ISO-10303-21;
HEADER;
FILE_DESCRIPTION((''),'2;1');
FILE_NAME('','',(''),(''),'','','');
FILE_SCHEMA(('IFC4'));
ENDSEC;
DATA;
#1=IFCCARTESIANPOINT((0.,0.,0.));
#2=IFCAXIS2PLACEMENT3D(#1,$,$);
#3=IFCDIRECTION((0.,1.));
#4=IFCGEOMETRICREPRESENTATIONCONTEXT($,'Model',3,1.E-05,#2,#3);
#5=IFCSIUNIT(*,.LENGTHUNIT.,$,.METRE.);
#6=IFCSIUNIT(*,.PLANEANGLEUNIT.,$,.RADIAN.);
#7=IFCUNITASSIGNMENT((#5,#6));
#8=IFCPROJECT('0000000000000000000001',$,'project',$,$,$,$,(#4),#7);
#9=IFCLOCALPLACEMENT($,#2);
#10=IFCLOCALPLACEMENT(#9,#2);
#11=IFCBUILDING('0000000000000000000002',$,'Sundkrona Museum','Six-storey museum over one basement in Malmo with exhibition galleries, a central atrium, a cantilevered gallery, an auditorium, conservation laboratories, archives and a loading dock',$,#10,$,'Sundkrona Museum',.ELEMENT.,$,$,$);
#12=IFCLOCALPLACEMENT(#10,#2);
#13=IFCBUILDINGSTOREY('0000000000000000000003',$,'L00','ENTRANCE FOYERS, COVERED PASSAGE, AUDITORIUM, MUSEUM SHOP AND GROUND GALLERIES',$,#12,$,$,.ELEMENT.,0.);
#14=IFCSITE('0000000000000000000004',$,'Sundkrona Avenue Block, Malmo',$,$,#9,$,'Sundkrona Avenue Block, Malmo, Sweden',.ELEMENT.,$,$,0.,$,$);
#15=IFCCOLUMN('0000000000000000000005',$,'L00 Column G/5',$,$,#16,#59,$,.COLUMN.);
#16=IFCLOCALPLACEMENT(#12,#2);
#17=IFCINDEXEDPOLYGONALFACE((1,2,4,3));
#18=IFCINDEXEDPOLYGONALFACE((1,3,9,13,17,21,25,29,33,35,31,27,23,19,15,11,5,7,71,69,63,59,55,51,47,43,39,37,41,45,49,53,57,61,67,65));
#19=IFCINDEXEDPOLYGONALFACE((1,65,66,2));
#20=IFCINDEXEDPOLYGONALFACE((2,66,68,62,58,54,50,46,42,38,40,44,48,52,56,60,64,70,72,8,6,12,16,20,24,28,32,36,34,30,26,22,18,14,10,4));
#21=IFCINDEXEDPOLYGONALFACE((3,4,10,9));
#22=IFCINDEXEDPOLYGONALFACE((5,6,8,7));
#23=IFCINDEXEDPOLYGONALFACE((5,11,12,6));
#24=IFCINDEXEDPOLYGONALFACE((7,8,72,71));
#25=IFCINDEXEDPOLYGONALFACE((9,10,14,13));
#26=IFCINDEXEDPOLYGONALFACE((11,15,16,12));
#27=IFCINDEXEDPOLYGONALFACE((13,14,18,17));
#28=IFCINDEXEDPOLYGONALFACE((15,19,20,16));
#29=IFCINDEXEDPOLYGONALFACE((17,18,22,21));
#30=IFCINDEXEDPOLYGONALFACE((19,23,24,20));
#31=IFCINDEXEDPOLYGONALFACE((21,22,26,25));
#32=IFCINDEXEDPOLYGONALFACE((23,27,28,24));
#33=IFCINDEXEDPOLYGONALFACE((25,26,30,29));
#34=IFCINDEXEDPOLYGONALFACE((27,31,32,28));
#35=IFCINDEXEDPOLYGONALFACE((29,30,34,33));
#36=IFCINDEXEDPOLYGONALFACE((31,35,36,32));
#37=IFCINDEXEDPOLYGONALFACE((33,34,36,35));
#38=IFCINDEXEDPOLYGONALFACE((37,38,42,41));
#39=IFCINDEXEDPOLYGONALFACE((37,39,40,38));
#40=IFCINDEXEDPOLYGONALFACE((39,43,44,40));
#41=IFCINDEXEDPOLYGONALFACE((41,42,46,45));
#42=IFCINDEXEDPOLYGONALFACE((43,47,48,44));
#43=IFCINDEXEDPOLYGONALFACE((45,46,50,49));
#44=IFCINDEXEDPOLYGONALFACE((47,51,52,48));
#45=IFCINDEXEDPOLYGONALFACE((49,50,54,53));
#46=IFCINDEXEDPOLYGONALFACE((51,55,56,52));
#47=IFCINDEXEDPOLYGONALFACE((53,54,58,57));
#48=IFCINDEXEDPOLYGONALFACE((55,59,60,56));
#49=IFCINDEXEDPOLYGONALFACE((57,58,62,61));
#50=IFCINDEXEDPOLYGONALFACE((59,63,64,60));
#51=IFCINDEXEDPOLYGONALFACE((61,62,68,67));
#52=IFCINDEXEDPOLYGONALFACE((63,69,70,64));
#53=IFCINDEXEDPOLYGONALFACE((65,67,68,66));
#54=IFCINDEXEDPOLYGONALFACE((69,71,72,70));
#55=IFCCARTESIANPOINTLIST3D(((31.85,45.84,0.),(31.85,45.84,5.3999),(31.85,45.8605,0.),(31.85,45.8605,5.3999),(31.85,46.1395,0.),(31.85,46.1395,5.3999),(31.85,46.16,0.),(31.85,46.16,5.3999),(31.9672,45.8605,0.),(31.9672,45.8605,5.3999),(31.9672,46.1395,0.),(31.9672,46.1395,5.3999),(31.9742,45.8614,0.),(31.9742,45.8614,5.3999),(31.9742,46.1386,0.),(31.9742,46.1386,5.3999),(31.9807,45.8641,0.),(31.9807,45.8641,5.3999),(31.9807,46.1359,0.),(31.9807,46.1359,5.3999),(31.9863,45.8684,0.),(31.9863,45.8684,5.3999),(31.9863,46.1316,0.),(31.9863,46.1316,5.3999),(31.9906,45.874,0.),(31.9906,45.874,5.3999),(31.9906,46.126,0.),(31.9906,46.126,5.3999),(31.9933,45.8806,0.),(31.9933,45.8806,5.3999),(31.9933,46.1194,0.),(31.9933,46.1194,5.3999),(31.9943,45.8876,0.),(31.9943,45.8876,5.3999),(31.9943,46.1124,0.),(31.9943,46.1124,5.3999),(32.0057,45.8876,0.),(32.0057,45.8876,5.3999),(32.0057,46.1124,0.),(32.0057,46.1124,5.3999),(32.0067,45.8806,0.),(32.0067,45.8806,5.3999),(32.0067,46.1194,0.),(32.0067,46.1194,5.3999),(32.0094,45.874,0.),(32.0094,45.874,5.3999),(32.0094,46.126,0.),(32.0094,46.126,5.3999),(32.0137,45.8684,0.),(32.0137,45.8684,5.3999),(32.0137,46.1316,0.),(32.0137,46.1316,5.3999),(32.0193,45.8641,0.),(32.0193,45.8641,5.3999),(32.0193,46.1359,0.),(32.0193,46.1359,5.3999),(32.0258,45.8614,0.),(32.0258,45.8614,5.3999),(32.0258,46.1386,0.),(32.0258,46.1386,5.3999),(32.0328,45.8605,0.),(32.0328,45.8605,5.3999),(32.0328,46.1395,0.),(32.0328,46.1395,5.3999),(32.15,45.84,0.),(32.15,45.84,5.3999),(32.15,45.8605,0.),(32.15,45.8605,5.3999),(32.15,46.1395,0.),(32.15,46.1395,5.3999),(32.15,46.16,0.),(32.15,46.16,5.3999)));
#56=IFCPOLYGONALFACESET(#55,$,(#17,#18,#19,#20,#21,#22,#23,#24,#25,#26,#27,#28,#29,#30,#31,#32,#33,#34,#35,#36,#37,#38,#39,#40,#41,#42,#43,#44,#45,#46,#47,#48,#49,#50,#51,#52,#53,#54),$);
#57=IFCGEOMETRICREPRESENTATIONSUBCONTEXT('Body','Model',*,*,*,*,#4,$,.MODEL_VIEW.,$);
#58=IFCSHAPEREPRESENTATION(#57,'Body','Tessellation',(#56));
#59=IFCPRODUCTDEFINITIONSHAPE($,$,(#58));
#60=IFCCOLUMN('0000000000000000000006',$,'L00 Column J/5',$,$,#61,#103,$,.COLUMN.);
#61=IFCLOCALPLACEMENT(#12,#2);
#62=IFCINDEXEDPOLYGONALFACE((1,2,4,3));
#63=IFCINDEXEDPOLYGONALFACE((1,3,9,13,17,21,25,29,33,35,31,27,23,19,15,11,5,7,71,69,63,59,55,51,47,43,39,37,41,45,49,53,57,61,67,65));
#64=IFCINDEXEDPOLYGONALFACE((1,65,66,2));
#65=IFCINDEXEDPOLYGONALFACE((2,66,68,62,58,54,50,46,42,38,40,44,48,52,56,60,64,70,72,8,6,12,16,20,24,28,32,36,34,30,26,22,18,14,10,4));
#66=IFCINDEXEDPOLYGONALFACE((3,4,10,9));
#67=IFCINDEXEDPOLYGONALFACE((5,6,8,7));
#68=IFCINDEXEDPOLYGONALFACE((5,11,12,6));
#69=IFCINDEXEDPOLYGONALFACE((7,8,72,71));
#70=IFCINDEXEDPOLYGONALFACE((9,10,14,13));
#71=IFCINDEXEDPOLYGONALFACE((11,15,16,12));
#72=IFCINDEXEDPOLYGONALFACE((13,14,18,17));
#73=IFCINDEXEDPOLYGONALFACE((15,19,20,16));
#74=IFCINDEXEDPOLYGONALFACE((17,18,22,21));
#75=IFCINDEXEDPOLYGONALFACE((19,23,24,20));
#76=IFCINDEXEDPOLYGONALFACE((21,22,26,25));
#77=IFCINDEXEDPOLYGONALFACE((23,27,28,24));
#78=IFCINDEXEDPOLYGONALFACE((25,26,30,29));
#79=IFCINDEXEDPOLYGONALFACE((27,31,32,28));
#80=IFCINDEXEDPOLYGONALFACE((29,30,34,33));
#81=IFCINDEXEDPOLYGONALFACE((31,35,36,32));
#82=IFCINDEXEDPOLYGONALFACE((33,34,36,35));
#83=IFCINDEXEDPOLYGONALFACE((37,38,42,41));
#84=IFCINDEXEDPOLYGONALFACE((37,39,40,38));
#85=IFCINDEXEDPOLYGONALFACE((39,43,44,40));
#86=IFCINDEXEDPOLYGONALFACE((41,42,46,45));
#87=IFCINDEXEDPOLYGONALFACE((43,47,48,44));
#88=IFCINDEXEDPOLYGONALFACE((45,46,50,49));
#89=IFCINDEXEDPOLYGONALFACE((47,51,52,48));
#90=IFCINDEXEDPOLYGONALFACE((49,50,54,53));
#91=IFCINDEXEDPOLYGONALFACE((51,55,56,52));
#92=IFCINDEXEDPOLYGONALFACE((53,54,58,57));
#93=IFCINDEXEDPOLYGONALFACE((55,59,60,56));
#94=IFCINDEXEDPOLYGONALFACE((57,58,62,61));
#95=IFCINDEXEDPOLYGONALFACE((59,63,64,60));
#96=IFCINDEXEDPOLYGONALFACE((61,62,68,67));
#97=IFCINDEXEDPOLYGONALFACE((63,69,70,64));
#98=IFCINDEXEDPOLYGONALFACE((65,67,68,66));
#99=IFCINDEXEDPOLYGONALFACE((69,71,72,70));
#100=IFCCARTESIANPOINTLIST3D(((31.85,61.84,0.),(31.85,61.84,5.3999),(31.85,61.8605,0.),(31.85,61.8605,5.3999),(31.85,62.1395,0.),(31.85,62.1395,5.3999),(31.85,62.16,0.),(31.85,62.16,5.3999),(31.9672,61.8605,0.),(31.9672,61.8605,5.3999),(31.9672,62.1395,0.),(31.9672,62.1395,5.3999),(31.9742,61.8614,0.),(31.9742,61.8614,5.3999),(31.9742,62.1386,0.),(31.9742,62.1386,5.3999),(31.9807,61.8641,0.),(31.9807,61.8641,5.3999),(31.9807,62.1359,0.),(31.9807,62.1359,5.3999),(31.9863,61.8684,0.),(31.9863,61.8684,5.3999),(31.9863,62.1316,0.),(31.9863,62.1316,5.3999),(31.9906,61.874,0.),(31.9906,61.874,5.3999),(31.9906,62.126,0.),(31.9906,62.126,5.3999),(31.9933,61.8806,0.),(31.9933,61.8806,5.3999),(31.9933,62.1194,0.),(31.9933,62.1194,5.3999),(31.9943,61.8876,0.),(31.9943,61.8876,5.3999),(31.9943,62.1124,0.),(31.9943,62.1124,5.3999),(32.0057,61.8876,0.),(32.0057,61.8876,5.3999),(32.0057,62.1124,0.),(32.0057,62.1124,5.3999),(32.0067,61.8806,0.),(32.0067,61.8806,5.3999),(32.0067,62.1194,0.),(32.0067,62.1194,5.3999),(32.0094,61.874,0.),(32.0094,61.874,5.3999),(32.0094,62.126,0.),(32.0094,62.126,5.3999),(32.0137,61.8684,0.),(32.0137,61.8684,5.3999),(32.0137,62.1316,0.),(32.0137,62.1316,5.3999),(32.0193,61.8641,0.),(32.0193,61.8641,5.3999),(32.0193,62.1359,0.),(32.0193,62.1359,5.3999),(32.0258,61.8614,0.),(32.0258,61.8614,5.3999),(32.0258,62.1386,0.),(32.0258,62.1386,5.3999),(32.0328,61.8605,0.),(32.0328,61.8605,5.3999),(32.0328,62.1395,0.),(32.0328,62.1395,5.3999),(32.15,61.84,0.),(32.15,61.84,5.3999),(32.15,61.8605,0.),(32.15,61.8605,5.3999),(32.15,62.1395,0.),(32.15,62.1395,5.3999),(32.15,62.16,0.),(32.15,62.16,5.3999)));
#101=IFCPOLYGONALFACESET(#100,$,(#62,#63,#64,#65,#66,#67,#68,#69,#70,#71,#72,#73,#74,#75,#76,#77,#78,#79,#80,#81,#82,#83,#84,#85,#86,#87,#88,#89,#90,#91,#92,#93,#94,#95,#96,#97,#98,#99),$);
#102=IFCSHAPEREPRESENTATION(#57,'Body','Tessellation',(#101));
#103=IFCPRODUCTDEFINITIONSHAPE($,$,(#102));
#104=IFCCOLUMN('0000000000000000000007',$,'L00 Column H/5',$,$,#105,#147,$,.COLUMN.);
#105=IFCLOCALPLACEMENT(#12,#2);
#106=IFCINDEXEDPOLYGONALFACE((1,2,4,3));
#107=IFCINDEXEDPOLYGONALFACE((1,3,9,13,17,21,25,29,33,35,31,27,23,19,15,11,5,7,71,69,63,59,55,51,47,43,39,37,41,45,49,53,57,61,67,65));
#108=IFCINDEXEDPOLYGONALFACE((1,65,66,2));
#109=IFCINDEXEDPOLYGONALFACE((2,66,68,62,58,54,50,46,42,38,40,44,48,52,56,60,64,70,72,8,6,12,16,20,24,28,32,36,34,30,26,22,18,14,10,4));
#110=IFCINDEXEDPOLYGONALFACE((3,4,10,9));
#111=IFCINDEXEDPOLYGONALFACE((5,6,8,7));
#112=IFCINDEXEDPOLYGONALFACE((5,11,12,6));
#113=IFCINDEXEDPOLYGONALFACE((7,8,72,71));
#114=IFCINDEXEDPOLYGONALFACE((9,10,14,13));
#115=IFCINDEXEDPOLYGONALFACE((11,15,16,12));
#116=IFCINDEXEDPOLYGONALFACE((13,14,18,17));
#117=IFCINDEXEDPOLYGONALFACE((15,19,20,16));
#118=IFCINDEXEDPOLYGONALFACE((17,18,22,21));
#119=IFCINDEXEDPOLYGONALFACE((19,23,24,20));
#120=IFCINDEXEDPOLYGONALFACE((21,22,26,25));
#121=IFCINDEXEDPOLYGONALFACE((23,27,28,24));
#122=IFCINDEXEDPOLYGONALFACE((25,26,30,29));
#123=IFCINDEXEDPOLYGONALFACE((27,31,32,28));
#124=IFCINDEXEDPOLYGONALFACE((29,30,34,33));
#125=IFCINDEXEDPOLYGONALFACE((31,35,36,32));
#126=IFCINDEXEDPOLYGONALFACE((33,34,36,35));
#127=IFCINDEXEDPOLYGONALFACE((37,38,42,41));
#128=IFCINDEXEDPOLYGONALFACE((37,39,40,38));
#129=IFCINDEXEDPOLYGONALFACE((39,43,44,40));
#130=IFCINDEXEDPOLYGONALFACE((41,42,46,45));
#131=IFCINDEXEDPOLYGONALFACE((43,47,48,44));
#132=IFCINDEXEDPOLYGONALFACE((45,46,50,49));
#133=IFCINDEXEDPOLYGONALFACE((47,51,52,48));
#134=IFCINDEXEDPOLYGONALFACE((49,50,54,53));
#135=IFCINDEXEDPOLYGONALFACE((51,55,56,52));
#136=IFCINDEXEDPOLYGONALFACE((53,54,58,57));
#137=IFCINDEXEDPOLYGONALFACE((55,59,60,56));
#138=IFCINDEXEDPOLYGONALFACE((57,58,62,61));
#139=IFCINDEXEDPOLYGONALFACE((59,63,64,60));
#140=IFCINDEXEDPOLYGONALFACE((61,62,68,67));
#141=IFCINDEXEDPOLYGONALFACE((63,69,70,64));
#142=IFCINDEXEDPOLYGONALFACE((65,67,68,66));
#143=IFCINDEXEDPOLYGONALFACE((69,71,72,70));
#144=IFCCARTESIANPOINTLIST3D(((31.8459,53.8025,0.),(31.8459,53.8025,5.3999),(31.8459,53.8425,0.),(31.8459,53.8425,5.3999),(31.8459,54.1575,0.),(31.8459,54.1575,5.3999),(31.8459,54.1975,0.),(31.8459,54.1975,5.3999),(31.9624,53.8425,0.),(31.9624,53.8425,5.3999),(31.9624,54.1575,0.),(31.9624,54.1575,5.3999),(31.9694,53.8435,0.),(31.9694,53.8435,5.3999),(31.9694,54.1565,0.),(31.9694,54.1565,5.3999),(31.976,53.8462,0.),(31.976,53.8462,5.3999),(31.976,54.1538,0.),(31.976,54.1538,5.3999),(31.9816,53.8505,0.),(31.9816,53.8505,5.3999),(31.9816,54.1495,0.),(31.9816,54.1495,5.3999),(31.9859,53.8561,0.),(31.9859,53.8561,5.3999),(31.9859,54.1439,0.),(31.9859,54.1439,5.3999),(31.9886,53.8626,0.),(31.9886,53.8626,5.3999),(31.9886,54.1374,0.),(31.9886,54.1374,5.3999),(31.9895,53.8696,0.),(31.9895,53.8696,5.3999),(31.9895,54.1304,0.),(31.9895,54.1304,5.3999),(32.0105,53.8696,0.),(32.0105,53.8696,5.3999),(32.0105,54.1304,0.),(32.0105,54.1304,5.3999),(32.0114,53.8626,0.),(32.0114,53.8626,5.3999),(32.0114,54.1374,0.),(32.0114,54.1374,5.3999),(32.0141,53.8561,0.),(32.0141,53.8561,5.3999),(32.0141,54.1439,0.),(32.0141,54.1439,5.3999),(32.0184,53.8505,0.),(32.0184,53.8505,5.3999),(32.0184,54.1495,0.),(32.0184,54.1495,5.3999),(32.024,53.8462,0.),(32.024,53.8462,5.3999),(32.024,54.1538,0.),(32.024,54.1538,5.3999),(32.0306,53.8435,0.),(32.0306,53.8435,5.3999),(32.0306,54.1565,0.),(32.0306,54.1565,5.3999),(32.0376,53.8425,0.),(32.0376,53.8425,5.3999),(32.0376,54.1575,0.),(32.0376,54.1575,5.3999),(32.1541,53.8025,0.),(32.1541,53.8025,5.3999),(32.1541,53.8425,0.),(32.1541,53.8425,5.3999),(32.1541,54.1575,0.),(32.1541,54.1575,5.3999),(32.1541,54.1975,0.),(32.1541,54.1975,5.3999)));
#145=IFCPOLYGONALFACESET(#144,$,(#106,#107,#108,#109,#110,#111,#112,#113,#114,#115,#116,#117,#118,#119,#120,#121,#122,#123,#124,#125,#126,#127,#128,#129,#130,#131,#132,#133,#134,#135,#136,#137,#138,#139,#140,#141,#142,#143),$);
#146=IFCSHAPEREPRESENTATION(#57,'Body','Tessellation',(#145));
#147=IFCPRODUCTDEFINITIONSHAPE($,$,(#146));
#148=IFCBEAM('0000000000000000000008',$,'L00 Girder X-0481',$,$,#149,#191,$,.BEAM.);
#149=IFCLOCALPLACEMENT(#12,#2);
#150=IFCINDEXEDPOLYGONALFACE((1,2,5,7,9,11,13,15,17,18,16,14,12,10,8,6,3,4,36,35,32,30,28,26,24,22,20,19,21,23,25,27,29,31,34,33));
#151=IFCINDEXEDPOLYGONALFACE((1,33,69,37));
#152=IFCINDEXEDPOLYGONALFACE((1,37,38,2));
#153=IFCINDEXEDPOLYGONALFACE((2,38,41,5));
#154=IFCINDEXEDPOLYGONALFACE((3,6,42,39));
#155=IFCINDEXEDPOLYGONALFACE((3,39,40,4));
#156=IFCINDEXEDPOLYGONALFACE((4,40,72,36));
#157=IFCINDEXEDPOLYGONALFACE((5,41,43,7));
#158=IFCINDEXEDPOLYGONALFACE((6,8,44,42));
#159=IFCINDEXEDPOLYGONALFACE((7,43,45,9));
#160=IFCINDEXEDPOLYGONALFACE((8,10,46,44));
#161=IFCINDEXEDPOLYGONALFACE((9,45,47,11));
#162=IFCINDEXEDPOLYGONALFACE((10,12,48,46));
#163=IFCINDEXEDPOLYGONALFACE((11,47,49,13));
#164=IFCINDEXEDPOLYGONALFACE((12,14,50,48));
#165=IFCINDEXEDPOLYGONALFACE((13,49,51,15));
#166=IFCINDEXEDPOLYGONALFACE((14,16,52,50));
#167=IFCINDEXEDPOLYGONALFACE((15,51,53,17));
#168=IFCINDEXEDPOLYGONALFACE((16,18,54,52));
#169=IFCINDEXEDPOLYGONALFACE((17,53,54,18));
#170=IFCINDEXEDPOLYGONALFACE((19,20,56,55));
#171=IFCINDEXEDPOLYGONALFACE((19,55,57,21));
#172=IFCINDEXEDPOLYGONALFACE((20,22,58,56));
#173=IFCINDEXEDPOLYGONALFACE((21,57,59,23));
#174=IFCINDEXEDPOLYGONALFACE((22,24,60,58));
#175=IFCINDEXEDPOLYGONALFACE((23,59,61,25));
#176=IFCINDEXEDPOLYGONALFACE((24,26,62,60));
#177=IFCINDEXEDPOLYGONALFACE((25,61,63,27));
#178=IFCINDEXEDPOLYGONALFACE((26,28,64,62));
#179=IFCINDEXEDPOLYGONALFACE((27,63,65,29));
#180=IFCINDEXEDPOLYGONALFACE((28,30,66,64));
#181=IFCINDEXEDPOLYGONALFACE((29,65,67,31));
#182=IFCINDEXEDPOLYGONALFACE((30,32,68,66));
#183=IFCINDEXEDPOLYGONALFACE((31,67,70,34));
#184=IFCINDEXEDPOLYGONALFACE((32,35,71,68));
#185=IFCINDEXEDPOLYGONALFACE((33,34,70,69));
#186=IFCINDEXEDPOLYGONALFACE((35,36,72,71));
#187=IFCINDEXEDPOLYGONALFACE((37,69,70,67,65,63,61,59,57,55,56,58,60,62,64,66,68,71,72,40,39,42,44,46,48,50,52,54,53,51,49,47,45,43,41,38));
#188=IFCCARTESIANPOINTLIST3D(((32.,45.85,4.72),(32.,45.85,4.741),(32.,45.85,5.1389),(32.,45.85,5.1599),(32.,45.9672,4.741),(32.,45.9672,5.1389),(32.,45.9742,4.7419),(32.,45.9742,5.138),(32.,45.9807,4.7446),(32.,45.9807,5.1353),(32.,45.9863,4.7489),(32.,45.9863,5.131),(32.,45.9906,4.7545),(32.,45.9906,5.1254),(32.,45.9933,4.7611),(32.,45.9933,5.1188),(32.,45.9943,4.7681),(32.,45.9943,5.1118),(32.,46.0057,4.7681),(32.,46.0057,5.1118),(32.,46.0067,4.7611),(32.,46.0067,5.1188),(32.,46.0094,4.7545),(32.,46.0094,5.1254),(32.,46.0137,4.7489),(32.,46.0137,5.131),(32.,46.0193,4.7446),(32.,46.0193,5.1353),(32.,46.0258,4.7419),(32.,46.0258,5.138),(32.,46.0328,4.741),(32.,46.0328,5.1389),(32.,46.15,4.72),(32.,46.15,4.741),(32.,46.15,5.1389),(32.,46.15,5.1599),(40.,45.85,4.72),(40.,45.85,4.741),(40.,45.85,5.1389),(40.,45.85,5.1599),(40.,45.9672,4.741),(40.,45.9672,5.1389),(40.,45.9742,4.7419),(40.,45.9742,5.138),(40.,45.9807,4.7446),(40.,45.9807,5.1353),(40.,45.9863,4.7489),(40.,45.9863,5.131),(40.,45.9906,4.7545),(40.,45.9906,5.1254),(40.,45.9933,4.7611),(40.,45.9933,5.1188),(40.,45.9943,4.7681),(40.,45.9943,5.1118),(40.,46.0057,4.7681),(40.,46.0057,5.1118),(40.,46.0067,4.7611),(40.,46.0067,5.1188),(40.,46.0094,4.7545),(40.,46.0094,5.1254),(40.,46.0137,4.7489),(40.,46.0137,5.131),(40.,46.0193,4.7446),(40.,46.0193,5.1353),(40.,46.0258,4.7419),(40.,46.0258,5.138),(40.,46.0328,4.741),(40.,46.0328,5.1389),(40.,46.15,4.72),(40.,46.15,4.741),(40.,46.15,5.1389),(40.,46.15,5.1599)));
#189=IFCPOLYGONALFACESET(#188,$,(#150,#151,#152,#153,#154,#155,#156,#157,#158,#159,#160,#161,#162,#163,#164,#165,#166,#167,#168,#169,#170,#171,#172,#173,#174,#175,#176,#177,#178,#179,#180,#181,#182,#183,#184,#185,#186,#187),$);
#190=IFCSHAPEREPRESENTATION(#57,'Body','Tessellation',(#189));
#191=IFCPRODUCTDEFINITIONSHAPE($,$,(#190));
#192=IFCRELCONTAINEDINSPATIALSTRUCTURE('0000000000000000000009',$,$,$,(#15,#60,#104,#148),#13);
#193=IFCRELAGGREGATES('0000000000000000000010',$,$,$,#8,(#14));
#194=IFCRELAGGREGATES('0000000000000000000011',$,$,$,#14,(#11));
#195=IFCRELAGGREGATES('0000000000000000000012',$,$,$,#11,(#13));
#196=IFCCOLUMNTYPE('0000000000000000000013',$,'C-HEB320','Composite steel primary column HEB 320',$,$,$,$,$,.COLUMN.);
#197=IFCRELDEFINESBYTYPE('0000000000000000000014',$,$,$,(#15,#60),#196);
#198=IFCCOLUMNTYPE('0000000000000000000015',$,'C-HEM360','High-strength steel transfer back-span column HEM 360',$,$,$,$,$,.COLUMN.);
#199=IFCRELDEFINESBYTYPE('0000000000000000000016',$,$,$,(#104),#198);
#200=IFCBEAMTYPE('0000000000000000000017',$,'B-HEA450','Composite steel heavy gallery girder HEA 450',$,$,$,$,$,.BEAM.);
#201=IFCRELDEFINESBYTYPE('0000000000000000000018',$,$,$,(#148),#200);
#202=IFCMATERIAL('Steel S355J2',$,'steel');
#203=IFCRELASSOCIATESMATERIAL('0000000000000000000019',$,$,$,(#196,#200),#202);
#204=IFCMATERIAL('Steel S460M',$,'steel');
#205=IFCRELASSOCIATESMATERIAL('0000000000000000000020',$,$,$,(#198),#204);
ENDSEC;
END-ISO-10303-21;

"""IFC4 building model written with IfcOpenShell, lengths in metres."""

from ifc_helpers import new_model, si_unit, direction, frame, origin, origin_2d, place, context, subcontext, project, spatial, i_section, extrude, material, material_profile, profile_set, type_object, element, save


model = new_model("IFC4")

# Units and contexts
model_context = context("Model", 3, precision=1e-05, world=origin(), true_north=direction((0.0, 1.0)))
body_context = subcontext(model_context, "Body", "Model", "MODEL_VIEW")
ifc_project = project(units=[si_unit("LENGTHUNIT", "METRE"), si_unit("PLANEANGLEUNIT", "RADIAN")], contexts=[model_context])

# Site, building, storey
site_placement = place(None, origin())
site = spatial("IfcSite", under=ifc_project, at=site_placement, Name="Sundkrona Avenue Block, Malmo", LongName="Sundkrona Avenue Block, Malmo, Sweden", CompositionType="ELEMENT", RefElevation=0.0)
building_placement = place(site_placement, origin())
building = spatial("IfcBuilding", under=site, at=building_placement, Name="Sundkrona Museum", Description="Six-storey museum over one basement in Malmo with exhibition galleries, a central atrium, a cantilevered gallery, an auditorium, conservation laboratories, archives and a loading dock", LongName="Sundkrona Museum", CompositionType="ELEMENT")
storey_placement = place(building_placement, origin())
storey = spatial("IfcBuildingStorey", under=building, at=storey_placement, Name="L00", Description="ENTRANCE FOYERS, COVERED PASSAGE, AUDITORIUM, MUSEUM SHOP AND GROUND GALLERIES", CompositionType="ELEMENT", Elevation=0.0)

# Columns
ifc_material_1 = material(Name="Steel S355J2", Category="steel")
ifc_material_profile_1 = material_profile(ifc_material_1, i_section(OverallWidth=0.3, OverallDepth=0.3201, WebThickness=0.0115, FlangeThickness=0.0205, FilletRadius=0.0271, at=origin_2d()), Name="HEB 320")
ifc_profile_set_1 = profile_set([ifc_material_profile_1], Name="Steel S355J2")
column_type_1 = type_object("IfcColumnType", Name="C-HEB320", Description="Composite steel primary column HEB 320", PredefinedType="COLUMN", material=ifc_profile_set_1)
for number, where, z_axis, x_axis, name in (
    (1, (32.0, 46.0, 0.0), (0.0, 0.0, 1.0), (1.0, 0.0, 0.0), "L00 Column G/5"),
    (2, (32.0, 62.0, 0.0), (0.0, 0.0, 1.0), (1.0, 0.0, 0.0), "L00 Column J/5"),
):
    element("IfcColumn", number, at=place(storey_placement, frame(where, z_axis=z_axis, x_axis=x_axis)), inside=storey, type_object=column_type_1, Name=name, PredefinedType="COLUMN", context=body_context, shape_type="SweptSolid", body=[
        extrude(i_section(OverallWidth=0.3, OverallDepth=0.3201, WebThickness=0.0115, FlangeThickness=0.0205, FilletRadius=0.0271, at=origin_2d()), origin(), (0.0, 0.0, 1.0), 5.3999),
    ])
ifc_material_2 = material(Name="Steel S460M", Category="steel")
ifc_material_profile_2 = material_profile(ifc_material_2, i_section(OverallWidth=0.3081, OverallDepth=0.395, WebThickness=0.021, FlangeThickness=0.04, FilletRadius=0.0271, at=origin_2d()), Name="HEM 360")
ifc_profile_set_2 = profile_set([ifc_material_profile_2], Name="Steel S460M")
column_type_2 = type_object("IfcColumnType", Name="C-HEM360", Description="High-strength steel transfer back-span column HEM 360", PredefinedType="COLUMN", material=ifc_profile_set_2)
column_placement = place(storey_placement, frame((32.0, 54.0, 0.0), z_axis=(0.0, 0.0, 1.0), x_axis=(1.0, 0.0, 0.0)))
element("IfcColumn", 3, at=column_placement, inside=storey, type_object=column_type_2, Name="L00 Column H/5", PredefinedType="COLUMN", context=body_context, shape_type="SweptSolid", body=[
    extrude(i_section(OverallWidth=0.3081, OverallDepth=0.395, WebThickness=0.021, FlangeThickness=0.04, FilletRadius=0.0271, at=origin_2d()), origin(), (0.0, 0.0, 1.0), 5.3999),
])

# Beam
ifc_material_profile_3 = material_profile(ifc_material_1, i_section(OverallWidth=0.3, OverallDepth=0.4399, WebThickness=0.0115, FlangeThickness=0.021, FilletRadius=0.0271, at=origin_2d()), Name="HEA 450")
ifc_profile_set_3 = profile_set([ifc_material_profile_3], Name="Steel S355J2")
beam_type_1 = type_object("IfcBeamType", Name="B-HEA450", Description="Composite steel heavy gallery girder HEA 450", PredefinedType="BEAM", material=ifc_profile_set_3)
for number, where, z_axis, x_axis, name in (
    (4, (32.0, 46.0, 4.9399), (1.0, 0.0, 0.0), (0.0, 1.0, 0.0), "L00 Girder X-0481"),
):
    element("IfcBeam", number, at=place(storey_placement, frame(where, z_axis=z_axis, x_axis=x_axis)), inside=storey, type_object=beam_type_1, Name=name, PredefinedType="BEAM", context=body_context, shape_type="SweptSolid", body=[
        extrude(i_section(OverallWidth=0.3, OverallDepth=0.4399, WebThickness=0.0115, FlangeThickness=0.021, FilletRadius=0.0271, at=origin_2d()), origin(), (0.0, 0.0, 1.0), 8.0),
    ])

save(model, "model.ifc")
